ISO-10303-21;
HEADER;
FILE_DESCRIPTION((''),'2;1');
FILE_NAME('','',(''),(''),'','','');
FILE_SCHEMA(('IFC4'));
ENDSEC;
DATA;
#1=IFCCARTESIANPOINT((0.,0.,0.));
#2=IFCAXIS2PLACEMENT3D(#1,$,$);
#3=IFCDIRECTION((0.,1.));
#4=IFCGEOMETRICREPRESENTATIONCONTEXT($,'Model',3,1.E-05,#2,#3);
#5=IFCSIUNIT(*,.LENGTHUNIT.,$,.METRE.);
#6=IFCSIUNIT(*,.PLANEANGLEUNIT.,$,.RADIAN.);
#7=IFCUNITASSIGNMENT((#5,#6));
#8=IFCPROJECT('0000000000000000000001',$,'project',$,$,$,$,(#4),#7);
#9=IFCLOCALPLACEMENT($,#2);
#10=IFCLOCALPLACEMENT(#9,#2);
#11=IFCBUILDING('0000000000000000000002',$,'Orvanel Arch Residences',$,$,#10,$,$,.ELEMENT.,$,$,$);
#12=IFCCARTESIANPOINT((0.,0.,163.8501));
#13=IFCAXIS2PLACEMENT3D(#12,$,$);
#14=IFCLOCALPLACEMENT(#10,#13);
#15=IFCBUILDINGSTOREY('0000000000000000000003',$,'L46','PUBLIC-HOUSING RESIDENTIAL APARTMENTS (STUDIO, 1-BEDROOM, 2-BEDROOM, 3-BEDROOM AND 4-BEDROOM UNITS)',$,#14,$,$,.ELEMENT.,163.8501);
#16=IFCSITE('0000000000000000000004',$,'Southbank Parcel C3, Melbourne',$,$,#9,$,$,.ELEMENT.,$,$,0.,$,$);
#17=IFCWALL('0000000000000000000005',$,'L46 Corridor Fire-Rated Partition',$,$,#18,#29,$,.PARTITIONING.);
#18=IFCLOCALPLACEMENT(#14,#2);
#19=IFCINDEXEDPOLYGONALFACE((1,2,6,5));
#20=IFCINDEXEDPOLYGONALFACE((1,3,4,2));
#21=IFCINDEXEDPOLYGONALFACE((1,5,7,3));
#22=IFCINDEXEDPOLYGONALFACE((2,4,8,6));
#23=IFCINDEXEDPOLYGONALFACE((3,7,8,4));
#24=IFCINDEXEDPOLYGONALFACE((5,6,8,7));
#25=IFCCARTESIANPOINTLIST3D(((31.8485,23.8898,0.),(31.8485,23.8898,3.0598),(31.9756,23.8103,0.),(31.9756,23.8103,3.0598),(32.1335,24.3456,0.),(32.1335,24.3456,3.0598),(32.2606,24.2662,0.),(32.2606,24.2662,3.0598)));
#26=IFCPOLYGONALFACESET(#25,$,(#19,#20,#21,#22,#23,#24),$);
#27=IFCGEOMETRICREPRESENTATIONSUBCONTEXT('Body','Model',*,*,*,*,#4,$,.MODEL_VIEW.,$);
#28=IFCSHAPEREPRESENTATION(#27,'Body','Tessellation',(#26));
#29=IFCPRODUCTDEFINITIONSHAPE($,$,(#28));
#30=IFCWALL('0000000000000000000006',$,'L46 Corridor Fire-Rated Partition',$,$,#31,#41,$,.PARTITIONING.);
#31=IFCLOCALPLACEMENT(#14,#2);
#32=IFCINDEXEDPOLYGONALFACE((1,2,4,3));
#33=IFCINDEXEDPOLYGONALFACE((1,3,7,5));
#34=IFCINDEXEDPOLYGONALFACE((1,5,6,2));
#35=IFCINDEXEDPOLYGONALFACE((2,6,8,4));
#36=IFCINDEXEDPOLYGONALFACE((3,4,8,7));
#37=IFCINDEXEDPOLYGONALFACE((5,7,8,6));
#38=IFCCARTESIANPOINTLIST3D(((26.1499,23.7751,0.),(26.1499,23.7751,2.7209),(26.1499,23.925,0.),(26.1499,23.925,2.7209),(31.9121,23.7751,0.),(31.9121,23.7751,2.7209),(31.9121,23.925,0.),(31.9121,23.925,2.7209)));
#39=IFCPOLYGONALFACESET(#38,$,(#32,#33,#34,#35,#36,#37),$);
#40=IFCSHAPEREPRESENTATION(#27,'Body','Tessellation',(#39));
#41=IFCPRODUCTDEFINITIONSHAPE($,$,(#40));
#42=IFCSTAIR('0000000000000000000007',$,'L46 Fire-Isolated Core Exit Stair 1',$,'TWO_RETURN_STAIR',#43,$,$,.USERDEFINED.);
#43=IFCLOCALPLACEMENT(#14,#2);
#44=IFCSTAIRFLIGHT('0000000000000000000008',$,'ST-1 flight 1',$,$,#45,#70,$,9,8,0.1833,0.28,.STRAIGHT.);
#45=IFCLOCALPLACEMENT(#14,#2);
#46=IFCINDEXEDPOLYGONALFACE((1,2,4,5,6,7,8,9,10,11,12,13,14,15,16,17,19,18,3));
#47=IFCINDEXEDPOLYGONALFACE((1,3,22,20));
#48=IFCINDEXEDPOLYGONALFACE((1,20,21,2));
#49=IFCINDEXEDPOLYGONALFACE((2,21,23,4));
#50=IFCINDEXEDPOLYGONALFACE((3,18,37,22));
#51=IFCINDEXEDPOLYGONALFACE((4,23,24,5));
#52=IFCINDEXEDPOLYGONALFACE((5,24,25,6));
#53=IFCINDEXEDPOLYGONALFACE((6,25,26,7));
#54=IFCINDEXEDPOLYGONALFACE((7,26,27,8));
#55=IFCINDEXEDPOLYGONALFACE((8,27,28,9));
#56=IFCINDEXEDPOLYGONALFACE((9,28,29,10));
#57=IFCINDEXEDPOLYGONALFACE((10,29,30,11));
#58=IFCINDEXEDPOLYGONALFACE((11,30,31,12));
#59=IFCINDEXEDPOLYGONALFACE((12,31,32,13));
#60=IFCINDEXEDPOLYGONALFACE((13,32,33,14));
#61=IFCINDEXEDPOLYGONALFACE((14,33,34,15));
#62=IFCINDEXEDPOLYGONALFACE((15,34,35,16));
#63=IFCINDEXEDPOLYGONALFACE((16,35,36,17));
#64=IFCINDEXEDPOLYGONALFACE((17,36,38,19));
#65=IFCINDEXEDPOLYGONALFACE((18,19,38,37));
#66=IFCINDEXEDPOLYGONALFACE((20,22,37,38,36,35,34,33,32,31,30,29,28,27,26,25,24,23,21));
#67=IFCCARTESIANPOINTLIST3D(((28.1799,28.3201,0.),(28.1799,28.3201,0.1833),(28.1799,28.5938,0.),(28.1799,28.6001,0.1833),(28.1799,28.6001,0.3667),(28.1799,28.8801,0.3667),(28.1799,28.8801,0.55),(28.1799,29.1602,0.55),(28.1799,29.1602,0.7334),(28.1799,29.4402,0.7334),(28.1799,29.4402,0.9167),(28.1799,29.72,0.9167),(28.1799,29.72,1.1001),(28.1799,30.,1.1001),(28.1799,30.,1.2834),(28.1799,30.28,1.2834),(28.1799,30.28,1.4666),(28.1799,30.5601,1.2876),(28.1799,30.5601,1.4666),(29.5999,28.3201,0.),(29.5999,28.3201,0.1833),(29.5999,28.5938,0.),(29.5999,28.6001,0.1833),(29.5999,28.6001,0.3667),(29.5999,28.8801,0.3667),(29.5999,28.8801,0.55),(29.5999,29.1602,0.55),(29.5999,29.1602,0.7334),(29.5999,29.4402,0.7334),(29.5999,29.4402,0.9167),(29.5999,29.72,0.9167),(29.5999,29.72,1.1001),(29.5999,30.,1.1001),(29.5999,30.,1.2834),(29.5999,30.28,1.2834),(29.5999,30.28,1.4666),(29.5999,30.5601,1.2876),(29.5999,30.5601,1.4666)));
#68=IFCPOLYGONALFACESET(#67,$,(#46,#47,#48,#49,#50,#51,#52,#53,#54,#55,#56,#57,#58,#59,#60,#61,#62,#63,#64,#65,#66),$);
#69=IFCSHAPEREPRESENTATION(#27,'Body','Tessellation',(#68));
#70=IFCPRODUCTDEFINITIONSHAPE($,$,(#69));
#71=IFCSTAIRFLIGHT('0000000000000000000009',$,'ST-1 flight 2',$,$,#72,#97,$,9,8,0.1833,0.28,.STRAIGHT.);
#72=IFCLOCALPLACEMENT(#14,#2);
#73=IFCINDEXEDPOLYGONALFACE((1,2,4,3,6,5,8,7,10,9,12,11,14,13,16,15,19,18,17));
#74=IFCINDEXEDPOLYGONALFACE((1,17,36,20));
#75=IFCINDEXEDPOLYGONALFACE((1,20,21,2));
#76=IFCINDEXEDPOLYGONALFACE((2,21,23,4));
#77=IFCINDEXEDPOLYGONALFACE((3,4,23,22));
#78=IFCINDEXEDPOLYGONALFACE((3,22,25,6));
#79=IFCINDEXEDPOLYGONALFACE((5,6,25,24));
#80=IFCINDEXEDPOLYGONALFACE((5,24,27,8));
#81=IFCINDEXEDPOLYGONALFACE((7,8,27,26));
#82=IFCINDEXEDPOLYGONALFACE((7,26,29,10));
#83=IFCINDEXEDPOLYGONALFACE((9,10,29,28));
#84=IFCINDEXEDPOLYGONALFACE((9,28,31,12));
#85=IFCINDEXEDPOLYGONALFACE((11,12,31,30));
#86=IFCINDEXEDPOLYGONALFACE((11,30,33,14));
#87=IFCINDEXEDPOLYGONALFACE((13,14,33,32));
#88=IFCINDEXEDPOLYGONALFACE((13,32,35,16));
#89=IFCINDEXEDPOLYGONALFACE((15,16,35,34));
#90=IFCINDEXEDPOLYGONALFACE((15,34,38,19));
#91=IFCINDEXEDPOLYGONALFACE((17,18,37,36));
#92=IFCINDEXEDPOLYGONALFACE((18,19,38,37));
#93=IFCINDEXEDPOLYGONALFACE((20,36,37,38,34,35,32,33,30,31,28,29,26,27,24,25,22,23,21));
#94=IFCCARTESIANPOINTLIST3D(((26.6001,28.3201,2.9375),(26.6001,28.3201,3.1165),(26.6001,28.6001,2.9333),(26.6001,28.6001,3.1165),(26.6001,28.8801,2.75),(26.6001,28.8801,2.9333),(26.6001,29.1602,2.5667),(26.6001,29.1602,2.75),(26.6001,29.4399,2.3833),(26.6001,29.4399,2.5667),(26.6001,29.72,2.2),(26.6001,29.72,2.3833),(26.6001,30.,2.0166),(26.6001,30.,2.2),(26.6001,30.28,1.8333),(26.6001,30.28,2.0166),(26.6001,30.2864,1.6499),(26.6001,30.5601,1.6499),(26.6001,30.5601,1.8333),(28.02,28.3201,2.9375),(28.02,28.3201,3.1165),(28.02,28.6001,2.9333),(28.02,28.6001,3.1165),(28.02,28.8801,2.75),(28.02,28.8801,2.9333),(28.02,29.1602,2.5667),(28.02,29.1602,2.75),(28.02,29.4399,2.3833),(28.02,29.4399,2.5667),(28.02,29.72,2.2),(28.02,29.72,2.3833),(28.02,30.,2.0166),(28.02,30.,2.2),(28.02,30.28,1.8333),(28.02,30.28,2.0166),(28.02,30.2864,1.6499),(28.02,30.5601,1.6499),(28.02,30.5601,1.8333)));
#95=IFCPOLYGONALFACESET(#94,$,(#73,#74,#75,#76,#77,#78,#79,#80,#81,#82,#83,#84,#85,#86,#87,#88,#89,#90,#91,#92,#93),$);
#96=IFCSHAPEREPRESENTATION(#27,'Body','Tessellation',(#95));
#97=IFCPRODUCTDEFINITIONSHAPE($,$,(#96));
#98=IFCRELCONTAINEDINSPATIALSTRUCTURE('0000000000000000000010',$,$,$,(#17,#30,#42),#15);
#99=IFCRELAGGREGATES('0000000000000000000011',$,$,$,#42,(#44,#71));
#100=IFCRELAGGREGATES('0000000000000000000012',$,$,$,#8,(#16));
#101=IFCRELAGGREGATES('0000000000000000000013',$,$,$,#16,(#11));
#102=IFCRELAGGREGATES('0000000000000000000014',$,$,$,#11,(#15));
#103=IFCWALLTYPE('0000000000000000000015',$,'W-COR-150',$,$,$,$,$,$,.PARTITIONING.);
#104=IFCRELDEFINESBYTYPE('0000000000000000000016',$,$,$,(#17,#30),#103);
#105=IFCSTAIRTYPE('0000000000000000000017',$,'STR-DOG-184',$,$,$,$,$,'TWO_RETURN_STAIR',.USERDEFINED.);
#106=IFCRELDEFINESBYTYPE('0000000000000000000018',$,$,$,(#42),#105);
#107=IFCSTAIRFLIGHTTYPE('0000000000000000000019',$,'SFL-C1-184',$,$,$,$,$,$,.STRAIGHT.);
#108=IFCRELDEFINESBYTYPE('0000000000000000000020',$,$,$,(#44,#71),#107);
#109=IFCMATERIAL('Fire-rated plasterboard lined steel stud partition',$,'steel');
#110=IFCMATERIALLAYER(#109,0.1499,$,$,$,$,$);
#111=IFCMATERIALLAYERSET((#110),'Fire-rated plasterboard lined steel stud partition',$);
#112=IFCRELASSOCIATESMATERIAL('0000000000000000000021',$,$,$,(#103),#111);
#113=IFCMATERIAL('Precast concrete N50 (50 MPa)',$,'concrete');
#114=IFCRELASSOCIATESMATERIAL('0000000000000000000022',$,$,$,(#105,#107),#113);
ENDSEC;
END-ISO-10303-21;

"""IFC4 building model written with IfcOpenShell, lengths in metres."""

from ifc_helpers import new_model, si_unit, direction, frame, frame_2d, origin, place, context, subcontext, project, spatial, polyline, rectangle, outline, extrude, material, layer, layer_set, type_object, element, aggregate, save


model = new_model("IFC4")

# Units and contexts
model_context = context("Model", 3, precision=1e-05, world=origin(), true_north=direction((0.0, 1.0)))
body_context = subcontext(model_context, "Body", "Model", "MODEL_VIEW")
ifc_project = project(units=[si_unit("LENGTHUNIT", "METRE"), si_unit("PLANEANGLEUNIT", "RADIAN")], contexts=[model_context])

# Site, building, storey
site_placement = place(None, origin())
site = spatial("IfcSite", under=ifc_project, at=site_placement, Name="Southbank Parcel C3, Melbourne", CompositionType="ELEMENT", RefElevation=0.0)
building_placement = place(site_placement, origin())
building = spatial("IfcBuilding", under=site, at=building_placement, Name="Orvanel Arch Residences", CompositionType="ELEMENT")
storey_placement = place(building_placement, frame((0.0, 0.0, 163.8501)))
storey = spatial("IfcBuildingStorey", under=building, at=storey_placement, Name="L46", Description="PUBLIC-HOUSING RESIDENTIAL APARTMENTS (STUDIO, 1-BEDROOM, 2-BEDROOM, 3-BEDROOM AND 4-BEDROOM UNITS)", CompositionType="ELEMENT", Elevation=163.8501)

# Walls
ifc_material_1 = material(Name="Fire-rated plasterboard lined steel stud partition", Category="steel")
ifc_layer_1 = layer(ifc_material_1, 0.1499)
ifc_layer_set_1 = layer_set([ifc_layer_1], Name="Fire-rated plasterboard lined steel stud partition")
wall_type_1 = type_object("IfcWallType", Name="W-COR-150", PredefinedType="PARTITIONING", material=ifc_layer_set_1)
wall_1_placement = place(storey_placement, frame((32.197, 24.3059, 0.0), z_axis=(0.0, 0.0, 1.0), x_axis=(-0.53004, -0.847973, 0.0)))
element("IfcWall", 1, at=wall_1_placement, inside=storey, type_object=wall_type_1, Name="L46 Corridor Fire-Rated Partition", PredefinedType="PARTITIONING", context=body_context, shape_type="SweptSolid", body=[
    extrude(rectangle(XDim=0.5376, YDim=0.1499, at=frame_2d((0.2688, 0.0))), origin(), (0.0, 0.0, 1.0), 3.0598),
])
wall_2_placement = place(storey_placement, frame((31.9121, 23.8501, 0.0), z_axis=(0.0, 0.0, 1.0), x_axis=(-1.0, 0.0, 0.0)))
element("IfcWall", 2, at=wall_2_placement, inside=storey, type_object=wall_type_1, Name="L46 Corridor Fire-Rated Partition", PredefinedType="PARTITIONING", context=body_context, shape_type="SweptSolid", body=[
    extrude(rectangle(XDim=5.7622, YDim=0.1499, at=frame_2d((2.8811, 0.0))), origin(), (0.0, 0.0, 1.0), 2.7209),
])

# Stair, stair flights
ifc_material_2 = material(Name="Precast concrete N50 (50 MPa)", Category="concrete")
stair_type = type_object("IfcStairType", Name="STR-DOG-184", ElementType="TWO_RETURN_STAIR", PredefinedType="USERDEFINED", material=ifc_material_2)
stair_placement = place(storey_placement, origin())
stair = element("IfcStair", 3, at=stair_placement, inside=storey, type_object=stair_type, Name="L46 Fire-Isolated Core Exit Stair 1", ObjectType="TWO_RETURN_STAIR", PredefinedType="USERDEFINED")
stair_flight_type = type_object("IfcStairFlightType", Name="SFL-C1-184", PredefinedType="STRAIGHT", material=ifc_material_2)
stair_flight_1_placement = place(storey_placement, frame((28.8899, 28.3201, 0.0), z_axis=(0.0, 0.0, 1.0), x_axis=(0.0, 1.0, 0.0)))
stair_flight_1 = element("IfcStairFlight", 4, at=stair_flight_1_placement, type_object=stair_flight_type, Name="ST-1 flight 1", NumberOfRisers=9, NumberOfTreads=8, PredefinedType="STRAIGHT", RiserHeight=0.1833, TreadLength=0.28, context=body_context, shape_type="SweptSolid", body=[
    extrude(outline(polyline([(0.0, 0.0), (0.0, 0.1833), (0.28, 0.1833), (0.28, 0.3667), (0.5601, 0.3667), (0.5601, 0.55), (0.8401, 0.55), (0.8401, 0.7334), (1.1201, 0.7334), (1.1201, 0.9167), (1.3999, 0.9167), (1.3999, 1.1001), (1.6799, 1.1001), (1.6799, 1.2834), (1.96, 1.2834), (1.96, 1.4666), (2.24, 1.4666), (2.24, 1.6499), (2.24, 1.2876), (0.2737, 0.0), (0.0, 0.0)])), frame((0.0, 0.71, 0.0), z_axis=(0.0, -1.0, 0.0), x_axis=(1.0, 0.0, 0.0)), (0.0, 0.0, 1.0), 1.4199),
])
stair_flight_2_placement = place(storey_placement, frame((27.3101, 30.5601, 1.6499), z_axis=(0.0, 0.0, 1.0), x_axis=(0.0, -1.0, 0.0)))
stair_flight_2 = element("IfcStairFlight", 5, at=stair_flight_2_placement, type_object=stair_flight_type, Name="ST-1 flight 2", NumberOfRisers=9, NumberOfTreads=8, PredefinedType="STRAIGHT", RiserHeight=0.1833, TreadLength=0.28, context=body_context, shape_type="SweptSolid", body=[
    extrude(outline(polyline([(0.0, 0.0), (0.0, 0.1833), (0.28, 0.1833), (0.28, 0.3667), (0.5601, 0.3667), (0.5601, 0.55), (0.8401, 0.55), (0.8401, 0.7334), (1.1201, 0.7334), (1.1201, 0.9167), (1.3999, 0.9167), (1.3999, 1.1001), (1.6799, 1.1001), (1.6799, 1.2834), (1.96, 1.2834), (1.96, 1.4666), (2.24, 1.4666), (2.24, 1.6499), (2.24, 1.2876), (0.2737, 0.0), (0.0, 0.0)])), frame((0.0, 0.71, 0.0), z_axis=(0.0, -1.0, 0.0), x_axis=(1.0, 0.0, 0.0)), (0.0, 0.0, 1.0), 1.4199),
])
aggregate(stair, [stair_flight_1, stair_flight_2])

save(model, "model.ifc")
